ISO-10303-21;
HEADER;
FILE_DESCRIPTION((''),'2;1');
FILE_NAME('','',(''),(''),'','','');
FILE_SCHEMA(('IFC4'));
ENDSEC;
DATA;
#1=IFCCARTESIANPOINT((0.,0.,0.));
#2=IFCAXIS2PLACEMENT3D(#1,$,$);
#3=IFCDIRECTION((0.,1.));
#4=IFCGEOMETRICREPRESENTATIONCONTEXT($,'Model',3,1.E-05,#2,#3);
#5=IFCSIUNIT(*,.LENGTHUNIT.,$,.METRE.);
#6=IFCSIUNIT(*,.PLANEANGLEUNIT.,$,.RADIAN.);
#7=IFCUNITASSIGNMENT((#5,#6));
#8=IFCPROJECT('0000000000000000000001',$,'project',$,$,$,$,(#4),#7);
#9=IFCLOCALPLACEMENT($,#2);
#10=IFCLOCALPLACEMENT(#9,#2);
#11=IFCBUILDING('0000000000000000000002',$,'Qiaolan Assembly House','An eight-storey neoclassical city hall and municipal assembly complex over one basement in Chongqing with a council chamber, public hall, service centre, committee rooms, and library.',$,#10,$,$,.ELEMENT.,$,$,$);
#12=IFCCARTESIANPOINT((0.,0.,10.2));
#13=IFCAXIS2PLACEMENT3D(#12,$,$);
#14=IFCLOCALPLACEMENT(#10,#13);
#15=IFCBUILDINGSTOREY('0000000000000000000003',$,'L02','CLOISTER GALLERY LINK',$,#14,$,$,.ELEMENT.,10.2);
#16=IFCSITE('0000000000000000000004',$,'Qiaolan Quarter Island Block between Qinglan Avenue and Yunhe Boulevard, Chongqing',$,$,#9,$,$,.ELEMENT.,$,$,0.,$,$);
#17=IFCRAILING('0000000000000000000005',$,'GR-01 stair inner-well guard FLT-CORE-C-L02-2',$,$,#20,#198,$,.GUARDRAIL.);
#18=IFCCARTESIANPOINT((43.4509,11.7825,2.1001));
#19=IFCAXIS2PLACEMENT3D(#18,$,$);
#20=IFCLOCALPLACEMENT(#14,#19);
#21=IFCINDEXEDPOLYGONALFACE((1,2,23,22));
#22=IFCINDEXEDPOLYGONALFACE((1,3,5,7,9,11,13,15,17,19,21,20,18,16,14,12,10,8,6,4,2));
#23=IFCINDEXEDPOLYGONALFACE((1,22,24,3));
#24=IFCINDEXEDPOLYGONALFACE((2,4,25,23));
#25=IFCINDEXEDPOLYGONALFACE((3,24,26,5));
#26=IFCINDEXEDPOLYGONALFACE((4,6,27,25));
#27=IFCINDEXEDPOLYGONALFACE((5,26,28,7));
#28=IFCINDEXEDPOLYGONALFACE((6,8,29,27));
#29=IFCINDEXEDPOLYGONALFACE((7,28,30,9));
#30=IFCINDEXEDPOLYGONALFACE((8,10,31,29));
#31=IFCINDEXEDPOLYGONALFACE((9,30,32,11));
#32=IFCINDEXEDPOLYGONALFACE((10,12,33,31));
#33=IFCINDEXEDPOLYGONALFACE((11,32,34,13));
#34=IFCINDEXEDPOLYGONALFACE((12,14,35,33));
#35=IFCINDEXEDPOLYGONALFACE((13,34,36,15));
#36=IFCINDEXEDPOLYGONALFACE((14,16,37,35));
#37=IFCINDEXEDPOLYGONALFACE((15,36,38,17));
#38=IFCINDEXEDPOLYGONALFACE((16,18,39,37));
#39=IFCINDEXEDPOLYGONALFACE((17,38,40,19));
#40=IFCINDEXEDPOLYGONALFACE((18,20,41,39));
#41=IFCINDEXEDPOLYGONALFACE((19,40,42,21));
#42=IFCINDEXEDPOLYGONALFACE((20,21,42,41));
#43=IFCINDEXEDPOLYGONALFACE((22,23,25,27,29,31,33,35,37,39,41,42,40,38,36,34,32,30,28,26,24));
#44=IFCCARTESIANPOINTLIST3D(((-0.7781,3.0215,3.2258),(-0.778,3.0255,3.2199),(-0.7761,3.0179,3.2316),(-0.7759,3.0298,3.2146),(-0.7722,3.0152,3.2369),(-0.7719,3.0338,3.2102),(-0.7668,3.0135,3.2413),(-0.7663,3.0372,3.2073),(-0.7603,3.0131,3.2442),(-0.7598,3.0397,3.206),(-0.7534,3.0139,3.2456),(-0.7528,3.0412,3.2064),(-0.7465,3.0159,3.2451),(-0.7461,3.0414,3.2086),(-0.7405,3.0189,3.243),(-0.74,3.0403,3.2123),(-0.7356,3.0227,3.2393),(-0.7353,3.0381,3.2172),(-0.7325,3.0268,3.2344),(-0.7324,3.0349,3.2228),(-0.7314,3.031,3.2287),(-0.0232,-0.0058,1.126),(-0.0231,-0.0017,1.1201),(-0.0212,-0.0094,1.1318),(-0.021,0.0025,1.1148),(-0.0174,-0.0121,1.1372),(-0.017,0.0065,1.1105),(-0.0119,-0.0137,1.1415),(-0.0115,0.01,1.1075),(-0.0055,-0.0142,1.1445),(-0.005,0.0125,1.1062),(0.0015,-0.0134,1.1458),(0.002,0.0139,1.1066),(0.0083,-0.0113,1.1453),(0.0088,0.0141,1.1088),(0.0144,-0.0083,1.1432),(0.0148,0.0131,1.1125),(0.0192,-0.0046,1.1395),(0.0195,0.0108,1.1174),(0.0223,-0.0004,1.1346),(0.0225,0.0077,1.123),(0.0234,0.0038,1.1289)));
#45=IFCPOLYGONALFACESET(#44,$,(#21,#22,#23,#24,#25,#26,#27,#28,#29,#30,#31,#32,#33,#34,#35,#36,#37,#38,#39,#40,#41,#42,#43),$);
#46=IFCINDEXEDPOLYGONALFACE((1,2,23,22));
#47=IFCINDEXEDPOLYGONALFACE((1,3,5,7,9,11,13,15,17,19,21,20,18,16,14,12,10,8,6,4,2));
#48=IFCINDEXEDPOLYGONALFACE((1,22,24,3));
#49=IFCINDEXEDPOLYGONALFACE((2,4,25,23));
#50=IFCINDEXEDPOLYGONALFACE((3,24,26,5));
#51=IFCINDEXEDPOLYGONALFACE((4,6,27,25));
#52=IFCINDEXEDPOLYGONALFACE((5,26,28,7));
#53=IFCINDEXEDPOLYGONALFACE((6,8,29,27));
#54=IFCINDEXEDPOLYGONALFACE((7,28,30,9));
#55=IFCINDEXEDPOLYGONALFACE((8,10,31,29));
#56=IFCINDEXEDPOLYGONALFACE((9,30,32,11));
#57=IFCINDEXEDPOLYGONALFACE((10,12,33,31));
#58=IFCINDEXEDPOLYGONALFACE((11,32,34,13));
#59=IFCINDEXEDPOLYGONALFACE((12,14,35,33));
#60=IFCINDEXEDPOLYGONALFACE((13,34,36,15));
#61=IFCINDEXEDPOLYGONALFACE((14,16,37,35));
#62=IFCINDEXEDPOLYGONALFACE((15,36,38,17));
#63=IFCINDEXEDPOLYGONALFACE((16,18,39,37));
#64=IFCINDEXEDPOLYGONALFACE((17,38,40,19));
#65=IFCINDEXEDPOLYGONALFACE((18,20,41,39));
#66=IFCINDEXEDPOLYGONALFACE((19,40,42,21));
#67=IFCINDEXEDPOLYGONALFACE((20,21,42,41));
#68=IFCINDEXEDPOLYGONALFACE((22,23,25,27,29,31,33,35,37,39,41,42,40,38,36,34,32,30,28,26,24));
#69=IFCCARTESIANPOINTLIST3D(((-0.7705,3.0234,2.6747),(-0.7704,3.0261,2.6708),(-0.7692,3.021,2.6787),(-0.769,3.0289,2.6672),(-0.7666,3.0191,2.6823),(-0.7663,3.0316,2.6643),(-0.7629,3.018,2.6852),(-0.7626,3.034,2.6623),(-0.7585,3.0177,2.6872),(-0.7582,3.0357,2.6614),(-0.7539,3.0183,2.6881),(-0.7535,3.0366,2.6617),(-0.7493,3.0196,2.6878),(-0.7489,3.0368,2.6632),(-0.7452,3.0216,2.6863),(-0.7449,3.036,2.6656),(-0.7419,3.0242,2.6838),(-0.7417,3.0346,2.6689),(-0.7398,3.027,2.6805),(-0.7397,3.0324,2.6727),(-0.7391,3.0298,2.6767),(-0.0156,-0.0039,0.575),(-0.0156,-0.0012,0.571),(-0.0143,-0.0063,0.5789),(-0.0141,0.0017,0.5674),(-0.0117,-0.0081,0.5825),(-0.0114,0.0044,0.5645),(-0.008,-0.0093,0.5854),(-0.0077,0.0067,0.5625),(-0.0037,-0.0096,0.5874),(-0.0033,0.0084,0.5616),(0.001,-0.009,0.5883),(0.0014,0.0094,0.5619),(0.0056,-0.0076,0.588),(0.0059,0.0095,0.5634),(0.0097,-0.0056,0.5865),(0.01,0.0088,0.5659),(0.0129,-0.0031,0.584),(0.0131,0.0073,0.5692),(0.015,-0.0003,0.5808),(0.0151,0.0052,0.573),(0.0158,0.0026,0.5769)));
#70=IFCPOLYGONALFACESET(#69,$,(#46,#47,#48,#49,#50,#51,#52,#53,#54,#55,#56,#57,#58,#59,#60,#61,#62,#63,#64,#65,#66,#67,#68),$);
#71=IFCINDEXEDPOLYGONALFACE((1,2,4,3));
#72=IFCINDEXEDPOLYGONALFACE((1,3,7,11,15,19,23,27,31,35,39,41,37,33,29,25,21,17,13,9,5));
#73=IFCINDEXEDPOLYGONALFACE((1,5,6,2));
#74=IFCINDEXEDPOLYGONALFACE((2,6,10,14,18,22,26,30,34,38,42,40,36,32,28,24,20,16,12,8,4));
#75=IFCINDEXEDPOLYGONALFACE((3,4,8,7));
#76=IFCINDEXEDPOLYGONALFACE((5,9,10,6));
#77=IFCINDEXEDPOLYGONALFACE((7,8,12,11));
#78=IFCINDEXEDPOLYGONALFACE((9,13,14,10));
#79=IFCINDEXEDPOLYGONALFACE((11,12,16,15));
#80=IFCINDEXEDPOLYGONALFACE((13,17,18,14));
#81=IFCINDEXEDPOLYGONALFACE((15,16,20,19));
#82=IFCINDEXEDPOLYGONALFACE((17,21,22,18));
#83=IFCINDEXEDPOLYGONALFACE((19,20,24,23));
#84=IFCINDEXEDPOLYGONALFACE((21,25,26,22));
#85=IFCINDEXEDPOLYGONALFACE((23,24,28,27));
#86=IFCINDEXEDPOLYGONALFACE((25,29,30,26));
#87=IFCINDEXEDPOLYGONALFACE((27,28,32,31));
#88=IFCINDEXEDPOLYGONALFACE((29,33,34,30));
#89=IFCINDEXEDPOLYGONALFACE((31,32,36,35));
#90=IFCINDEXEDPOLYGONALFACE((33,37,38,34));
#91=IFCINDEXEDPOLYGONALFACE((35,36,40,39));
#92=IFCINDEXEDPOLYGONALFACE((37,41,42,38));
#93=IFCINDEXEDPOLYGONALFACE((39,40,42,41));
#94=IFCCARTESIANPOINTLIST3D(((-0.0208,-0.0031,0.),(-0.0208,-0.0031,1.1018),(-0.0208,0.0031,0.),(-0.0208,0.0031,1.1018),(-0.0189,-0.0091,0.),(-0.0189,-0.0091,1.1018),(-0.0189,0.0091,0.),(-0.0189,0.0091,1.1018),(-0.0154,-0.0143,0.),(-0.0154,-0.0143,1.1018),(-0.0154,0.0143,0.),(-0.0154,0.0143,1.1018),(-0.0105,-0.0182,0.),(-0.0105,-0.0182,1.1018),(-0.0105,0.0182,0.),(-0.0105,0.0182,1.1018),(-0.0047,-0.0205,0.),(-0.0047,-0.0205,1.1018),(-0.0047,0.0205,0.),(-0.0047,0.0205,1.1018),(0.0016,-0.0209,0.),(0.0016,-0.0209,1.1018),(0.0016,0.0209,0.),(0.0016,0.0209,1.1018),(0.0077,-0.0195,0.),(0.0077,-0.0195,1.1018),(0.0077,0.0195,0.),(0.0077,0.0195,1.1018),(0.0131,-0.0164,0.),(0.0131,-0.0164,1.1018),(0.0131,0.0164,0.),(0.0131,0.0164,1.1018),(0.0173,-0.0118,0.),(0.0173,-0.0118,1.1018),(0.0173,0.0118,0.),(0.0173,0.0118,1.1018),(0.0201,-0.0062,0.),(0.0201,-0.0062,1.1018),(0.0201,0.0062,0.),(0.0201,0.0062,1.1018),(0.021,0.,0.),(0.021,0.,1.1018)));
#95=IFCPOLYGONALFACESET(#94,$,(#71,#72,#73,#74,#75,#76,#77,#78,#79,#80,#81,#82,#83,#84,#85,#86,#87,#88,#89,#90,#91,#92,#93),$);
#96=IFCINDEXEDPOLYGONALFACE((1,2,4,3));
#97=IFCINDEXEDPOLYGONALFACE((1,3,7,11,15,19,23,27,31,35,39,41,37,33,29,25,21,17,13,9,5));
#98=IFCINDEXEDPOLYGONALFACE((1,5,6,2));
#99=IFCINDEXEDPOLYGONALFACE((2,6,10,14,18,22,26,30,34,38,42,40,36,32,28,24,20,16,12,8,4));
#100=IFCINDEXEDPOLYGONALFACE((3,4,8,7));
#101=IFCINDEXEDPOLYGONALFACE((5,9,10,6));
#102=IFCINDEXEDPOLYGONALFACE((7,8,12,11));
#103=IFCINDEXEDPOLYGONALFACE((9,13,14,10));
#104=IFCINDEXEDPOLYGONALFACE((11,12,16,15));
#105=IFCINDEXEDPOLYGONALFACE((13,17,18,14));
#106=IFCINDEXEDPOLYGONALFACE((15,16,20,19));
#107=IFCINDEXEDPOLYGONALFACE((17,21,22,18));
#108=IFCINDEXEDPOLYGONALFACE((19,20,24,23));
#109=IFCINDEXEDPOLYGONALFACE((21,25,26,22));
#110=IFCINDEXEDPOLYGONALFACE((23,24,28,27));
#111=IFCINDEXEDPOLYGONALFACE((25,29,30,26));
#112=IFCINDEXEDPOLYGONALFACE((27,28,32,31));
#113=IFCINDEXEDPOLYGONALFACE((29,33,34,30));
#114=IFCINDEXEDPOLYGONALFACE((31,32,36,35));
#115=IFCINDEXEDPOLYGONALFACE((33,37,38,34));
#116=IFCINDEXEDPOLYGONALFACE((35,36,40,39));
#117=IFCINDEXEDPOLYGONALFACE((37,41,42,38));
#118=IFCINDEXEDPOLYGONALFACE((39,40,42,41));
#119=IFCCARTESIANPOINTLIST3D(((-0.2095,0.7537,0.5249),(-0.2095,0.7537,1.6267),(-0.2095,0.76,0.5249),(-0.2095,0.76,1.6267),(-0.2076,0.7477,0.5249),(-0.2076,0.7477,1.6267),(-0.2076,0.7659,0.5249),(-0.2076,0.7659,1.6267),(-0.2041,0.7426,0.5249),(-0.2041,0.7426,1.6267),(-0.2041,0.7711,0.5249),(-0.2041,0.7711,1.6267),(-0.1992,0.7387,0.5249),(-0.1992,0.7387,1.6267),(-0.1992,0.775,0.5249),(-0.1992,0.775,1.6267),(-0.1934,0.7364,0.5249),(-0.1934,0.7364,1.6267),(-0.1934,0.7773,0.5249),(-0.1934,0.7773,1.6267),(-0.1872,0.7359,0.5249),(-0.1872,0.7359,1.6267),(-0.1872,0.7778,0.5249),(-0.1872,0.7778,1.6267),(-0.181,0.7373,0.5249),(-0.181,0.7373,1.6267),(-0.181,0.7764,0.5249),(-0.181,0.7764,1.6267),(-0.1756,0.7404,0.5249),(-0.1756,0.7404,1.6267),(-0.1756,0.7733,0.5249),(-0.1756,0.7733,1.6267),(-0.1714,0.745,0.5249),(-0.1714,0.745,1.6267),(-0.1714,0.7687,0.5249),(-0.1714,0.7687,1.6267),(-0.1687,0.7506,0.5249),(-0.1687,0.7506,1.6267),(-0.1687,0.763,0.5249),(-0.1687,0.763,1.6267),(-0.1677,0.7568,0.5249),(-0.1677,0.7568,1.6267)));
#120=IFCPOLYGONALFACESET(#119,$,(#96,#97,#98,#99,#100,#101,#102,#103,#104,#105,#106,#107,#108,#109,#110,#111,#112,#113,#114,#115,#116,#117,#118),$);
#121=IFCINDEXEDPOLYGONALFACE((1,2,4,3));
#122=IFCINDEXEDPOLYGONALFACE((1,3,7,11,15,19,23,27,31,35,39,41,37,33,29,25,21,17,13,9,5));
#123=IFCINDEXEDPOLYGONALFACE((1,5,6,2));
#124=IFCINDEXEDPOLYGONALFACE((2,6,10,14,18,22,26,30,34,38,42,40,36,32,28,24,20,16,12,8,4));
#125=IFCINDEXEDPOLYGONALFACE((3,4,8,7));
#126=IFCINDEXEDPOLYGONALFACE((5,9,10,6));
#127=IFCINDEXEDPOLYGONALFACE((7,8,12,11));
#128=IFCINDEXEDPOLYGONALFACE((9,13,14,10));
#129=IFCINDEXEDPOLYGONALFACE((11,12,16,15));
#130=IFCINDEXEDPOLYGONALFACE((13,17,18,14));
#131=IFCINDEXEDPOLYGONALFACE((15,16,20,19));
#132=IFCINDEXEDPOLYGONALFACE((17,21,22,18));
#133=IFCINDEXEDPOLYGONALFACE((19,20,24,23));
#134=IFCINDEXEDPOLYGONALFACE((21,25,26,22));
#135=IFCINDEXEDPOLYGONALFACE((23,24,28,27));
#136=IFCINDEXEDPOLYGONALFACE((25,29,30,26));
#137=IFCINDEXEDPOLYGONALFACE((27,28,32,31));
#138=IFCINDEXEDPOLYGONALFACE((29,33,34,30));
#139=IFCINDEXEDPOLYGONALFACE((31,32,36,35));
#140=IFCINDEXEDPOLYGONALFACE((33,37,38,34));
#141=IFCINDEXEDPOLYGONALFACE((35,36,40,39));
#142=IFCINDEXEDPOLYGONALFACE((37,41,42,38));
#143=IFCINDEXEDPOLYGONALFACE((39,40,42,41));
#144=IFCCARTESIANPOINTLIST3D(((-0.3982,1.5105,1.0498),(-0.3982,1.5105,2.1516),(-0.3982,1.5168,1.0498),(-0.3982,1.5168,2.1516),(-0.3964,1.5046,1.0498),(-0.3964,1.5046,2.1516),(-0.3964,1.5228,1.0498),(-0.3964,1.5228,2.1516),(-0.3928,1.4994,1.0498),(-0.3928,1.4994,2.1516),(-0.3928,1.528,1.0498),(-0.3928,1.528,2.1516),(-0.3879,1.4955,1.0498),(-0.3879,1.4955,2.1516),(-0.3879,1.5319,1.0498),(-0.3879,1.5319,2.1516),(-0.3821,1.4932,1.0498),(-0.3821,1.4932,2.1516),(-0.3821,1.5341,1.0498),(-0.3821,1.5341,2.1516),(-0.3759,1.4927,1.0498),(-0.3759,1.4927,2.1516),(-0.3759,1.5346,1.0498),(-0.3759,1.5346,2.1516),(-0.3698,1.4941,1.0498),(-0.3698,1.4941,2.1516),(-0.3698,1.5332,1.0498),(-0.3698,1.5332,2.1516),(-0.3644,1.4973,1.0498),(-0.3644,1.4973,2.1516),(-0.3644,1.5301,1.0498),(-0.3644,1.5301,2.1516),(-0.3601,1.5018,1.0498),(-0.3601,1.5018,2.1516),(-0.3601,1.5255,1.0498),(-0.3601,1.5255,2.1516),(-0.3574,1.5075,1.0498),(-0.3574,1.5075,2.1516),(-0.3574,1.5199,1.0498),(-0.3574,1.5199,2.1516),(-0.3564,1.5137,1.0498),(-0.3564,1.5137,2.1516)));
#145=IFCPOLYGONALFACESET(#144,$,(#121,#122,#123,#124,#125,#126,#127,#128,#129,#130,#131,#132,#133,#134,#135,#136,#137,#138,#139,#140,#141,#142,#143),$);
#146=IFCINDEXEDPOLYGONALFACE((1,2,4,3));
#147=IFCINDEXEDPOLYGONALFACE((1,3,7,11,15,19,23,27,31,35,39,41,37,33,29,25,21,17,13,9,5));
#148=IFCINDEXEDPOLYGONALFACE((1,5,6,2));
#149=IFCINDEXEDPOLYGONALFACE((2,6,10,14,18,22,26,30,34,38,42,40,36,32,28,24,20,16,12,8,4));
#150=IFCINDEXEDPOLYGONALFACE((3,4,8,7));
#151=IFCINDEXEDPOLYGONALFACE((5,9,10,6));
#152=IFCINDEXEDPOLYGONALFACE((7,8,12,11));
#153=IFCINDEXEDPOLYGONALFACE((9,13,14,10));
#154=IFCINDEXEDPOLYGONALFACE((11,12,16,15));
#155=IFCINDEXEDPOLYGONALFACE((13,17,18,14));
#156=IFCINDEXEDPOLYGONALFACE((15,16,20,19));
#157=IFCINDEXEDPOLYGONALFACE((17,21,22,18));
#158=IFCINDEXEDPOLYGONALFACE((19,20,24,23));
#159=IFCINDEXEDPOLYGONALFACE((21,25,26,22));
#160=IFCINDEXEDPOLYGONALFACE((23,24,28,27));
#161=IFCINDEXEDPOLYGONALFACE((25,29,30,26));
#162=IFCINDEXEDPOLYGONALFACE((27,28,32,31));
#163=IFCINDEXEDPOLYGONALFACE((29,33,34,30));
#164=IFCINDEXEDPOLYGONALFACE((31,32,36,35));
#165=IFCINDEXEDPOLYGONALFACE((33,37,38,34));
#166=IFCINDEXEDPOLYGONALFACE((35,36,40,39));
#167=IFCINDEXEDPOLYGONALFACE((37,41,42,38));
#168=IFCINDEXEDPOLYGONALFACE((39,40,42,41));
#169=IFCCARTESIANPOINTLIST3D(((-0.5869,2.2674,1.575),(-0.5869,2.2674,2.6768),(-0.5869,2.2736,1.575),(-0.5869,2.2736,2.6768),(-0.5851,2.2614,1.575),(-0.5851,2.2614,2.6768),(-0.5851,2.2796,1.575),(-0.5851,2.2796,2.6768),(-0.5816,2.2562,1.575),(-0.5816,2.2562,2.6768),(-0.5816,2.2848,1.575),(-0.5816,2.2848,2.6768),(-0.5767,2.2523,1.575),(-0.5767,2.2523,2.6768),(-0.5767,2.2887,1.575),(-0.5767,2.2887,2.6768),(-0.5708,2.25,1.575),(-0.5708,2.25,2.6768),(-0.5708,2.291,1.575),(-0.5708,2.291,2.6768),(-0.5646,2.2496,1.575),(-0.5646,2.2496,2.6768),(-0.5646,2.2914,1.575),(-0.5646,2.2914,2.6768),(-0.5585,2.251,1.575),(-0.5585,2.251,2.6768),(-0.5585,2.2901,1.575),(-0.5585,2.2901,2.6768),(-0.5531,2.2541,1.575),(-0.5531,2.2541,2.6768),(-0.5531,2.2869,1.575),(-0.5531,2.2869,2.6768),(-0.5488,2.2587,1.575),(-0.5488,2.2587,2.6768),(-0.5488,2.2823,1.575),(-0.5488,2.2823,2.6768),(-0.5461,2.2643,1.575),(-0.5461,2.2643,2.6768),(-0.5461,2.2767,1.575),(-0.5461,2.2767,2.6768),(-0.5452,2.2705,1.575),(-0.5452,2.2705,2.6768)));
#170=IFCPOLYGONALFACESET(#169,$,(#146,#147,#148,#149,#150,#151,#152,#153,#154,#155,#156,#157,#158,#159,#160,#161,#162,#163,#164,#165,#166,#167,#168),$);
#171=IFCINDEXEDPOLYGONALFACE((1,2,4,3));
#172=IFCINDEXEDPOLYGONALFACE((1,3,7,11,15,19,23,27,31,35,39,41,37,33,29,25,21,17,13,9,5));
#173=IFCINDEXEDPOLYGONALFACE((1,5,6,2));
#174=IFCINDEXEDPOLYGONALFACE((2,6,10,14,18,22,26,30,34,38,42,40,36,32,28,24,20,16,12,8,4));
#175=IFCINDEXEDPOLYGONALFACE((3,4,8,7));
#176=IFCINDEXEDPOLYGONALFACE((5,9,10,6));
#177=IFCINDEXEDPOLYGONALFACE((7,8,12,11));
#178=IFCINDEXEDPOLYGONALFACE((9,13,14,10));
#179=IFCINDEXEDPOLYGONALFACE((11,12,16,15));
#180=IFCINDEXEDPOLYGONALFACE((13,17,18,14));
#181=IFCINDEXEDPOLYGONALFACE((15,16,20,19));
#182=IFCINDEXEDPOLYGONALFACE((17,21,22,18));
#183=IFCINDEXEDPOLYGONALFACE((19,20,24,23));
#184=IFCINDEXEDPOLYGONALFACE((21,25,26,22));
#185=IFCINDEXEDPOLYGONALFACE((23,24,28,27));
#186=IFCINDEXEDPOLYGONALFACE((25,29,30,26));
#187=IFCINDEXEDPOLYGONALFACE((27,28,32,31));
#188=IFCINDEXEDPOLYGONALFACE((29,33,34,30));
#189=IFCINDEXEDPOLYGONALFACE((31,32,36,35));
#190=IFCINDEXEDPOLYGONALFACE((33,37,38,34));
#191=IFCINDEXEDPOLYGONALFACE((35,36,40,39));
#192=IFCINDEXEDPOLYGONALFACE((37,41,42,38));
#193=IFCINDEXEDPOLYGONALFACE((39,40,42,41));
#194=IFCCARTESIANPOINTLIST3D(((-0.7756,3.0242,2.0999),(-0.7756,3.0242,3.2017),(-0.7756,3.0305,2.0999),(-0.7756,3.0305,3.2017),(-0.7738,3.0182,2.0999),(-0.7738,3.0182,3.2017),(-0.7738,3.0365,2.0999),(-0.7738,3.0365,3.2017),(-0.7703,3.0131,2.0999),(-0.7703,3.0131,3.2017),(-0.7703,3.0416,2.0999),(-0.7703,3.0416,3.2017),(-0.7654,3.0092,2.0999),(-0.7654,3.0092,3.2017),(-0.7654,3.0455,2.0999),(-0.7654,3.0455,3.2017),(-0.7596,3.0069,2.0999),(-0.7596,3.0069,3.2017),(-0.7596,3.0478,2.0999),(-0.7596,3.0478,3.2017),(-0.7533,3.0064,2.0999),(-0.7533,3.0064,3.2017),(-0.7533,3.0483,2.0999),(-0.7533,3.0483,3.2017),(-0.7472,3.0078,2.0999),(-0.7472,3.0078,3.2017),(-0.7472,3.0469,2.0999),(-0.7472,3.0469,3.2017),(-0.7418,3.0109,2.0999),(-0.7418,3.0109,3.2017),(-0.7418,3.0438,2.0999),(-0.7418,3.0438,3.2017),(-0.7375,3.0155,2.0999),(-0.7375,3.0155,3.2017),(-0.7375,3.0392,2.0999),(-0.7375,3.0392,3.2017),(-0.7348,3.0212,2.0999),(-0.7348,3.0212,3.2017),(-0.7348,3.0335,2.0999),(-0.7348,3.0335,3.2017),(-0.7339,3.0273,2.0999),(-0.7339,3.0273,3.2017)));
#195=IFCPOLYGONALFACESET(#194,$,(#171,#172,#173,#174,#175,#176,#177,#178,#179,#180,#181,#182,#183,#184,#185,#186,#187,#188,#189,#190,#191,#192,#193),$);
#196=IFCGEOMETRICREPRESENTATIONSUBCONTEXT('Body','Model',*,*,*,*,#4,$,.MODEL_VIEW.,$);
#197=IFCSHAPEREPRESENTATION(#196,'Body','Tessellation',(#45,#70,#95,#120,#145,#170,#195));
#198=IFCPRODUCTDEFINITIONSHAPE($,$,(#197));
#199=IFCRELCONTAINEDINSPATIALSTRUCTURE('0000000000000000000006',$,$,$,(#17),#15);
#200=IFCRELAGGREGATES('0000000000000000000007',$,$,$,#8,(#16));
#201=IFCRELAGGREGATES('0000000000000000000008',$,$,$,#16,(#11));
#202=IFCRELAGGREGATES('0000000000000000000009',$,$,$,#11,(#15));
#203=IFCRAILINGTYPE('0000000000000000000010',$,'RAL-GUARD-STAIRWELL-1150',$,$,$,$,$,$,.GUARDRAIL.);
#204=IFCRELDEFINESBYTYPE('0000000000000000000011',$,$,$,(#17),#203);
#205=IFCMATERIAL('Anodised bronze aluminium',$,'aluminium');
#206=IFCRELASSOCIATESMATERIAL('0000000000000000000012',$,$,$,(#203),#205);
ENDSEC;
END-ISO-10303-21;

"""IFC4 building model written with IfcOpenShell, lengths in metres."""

from ifc_helpers import new_model, si_unit, direction, frame, origin, origin_2d, place, context, subcontext, project, spatial, circle, extrude, material, type_object, element, save


model = new_model("IFC4")

# Units and contexts
model_context = context("Model", 3, precision=1e-05, world=origin(), true_north=direction((0.0, 1.0)))
body_context = subcontext(model_context, "Body", "Model", "MODEL_VIEW")
ifc_project = project(units=[si_unit("LENGTHUNIT", "METRE"), si_unit("PLANEANGLEUNIT", "RADIAN")], contexts=[model_context])

# Site, building, storey
site_placement = place(None, origin())
site = spatial("IfcSite", under=ifc_project, at=site_placement, Name="Qiaolan Quarter Island Block between Qinglan Avenue and Yunhe Boulevard, Chongqing", CompositionType="ELEMENT", RefElevation=0.0)
building_placement = place(site_placement, origin())
building = spatial("IfcBuilding", under=site, at=building_placement, Name="Qiaolan Assembly House", Description="An eight-storey neoclassical city hall and municipal assembly complex over one basement in Chongqing with a council chamber, public hall, service centre, committee rooms, and library.", CompositionType="ELEMENT")
storey_placement = place(building_placement, frame((0.0, 0.0, 10.2)))
storey = spatial("IfcBuildingStorey", under=building, at=storey_placement, Name="L02", Description="CLOISTER GALLERY LINK", CompositionType="ELEMENT", Elevation=10.2)

# Railing
ifc_material_1 = material(Name="Anodised bronze aluminium", Category="aluminium")
railing_type_1 = type_object("IfcRailingType", Name="RAL-GUARD-STAIRWELL-1150", PredefinedType="GUARDRAIL", material=ifc_material_1)
railing_1_placement = place(storey_placement, frame((43.4509, 11.7825, 2.1001)))
element("IfcRailing", 1, at=railing_1_placement, inside=storey, type_object=railing_type_1, Name="GR-01 stair inner-well guard FLT-CORE-C-L02-2", PredefinedType="GUARDRAIL", context=body_context, shape_type="SweptSolid", body=[
    extrude(circle(Radius=0.0239, at=origin_2d()), frame((0.0, 0.0, 1.126), z_axis=(-0.200721, 0.804961, 0.558344), x_axis=(-0.97029, -0.241946, 0.0)), (0.0, 0.0, 1.0), 3.7607),
    extrude(circle(Radius=0.0161, at=origin_2d()), frame((0.0, 0.0, 0.575), z_axis=(-0.200721, 0.804961, 0.558344), x_axis=(-0.97029, -0.241946, 0.0)), (0.0, 0.0, 1.0), 3.7607),
    extrude(circle(Radius=0.021, at=origin_2d()), origin(), (0.0, 0.0, 1.0), 1.1018),
    extrude(circle(Radius=0.021, at=origin_2d()), frame((-0.1887, 0.7568, 0.5249)), (0.0, 0.0, 1.0), 1.1018),
    extrude(circle(Radius=0.021, at=origin_2d()), frame((-0.3774, 1.5137, 1.0498)), (0.0, 0.0, 1.0), 1.1018),
    extrude(circle(Radius=0.021, at=origin_2d()), frame((-0.5662, 2.2705, 1.575)), (0.0, 0.0, 1.0), 1.1018),
    extrude(circle(Radius=0.021, at=origin_2d()), frame((-0.7549, 3.0273, 2.0999)), (0.0, 0.0, 1.0), 1.1018),
])

save(model, "model.ifc")
